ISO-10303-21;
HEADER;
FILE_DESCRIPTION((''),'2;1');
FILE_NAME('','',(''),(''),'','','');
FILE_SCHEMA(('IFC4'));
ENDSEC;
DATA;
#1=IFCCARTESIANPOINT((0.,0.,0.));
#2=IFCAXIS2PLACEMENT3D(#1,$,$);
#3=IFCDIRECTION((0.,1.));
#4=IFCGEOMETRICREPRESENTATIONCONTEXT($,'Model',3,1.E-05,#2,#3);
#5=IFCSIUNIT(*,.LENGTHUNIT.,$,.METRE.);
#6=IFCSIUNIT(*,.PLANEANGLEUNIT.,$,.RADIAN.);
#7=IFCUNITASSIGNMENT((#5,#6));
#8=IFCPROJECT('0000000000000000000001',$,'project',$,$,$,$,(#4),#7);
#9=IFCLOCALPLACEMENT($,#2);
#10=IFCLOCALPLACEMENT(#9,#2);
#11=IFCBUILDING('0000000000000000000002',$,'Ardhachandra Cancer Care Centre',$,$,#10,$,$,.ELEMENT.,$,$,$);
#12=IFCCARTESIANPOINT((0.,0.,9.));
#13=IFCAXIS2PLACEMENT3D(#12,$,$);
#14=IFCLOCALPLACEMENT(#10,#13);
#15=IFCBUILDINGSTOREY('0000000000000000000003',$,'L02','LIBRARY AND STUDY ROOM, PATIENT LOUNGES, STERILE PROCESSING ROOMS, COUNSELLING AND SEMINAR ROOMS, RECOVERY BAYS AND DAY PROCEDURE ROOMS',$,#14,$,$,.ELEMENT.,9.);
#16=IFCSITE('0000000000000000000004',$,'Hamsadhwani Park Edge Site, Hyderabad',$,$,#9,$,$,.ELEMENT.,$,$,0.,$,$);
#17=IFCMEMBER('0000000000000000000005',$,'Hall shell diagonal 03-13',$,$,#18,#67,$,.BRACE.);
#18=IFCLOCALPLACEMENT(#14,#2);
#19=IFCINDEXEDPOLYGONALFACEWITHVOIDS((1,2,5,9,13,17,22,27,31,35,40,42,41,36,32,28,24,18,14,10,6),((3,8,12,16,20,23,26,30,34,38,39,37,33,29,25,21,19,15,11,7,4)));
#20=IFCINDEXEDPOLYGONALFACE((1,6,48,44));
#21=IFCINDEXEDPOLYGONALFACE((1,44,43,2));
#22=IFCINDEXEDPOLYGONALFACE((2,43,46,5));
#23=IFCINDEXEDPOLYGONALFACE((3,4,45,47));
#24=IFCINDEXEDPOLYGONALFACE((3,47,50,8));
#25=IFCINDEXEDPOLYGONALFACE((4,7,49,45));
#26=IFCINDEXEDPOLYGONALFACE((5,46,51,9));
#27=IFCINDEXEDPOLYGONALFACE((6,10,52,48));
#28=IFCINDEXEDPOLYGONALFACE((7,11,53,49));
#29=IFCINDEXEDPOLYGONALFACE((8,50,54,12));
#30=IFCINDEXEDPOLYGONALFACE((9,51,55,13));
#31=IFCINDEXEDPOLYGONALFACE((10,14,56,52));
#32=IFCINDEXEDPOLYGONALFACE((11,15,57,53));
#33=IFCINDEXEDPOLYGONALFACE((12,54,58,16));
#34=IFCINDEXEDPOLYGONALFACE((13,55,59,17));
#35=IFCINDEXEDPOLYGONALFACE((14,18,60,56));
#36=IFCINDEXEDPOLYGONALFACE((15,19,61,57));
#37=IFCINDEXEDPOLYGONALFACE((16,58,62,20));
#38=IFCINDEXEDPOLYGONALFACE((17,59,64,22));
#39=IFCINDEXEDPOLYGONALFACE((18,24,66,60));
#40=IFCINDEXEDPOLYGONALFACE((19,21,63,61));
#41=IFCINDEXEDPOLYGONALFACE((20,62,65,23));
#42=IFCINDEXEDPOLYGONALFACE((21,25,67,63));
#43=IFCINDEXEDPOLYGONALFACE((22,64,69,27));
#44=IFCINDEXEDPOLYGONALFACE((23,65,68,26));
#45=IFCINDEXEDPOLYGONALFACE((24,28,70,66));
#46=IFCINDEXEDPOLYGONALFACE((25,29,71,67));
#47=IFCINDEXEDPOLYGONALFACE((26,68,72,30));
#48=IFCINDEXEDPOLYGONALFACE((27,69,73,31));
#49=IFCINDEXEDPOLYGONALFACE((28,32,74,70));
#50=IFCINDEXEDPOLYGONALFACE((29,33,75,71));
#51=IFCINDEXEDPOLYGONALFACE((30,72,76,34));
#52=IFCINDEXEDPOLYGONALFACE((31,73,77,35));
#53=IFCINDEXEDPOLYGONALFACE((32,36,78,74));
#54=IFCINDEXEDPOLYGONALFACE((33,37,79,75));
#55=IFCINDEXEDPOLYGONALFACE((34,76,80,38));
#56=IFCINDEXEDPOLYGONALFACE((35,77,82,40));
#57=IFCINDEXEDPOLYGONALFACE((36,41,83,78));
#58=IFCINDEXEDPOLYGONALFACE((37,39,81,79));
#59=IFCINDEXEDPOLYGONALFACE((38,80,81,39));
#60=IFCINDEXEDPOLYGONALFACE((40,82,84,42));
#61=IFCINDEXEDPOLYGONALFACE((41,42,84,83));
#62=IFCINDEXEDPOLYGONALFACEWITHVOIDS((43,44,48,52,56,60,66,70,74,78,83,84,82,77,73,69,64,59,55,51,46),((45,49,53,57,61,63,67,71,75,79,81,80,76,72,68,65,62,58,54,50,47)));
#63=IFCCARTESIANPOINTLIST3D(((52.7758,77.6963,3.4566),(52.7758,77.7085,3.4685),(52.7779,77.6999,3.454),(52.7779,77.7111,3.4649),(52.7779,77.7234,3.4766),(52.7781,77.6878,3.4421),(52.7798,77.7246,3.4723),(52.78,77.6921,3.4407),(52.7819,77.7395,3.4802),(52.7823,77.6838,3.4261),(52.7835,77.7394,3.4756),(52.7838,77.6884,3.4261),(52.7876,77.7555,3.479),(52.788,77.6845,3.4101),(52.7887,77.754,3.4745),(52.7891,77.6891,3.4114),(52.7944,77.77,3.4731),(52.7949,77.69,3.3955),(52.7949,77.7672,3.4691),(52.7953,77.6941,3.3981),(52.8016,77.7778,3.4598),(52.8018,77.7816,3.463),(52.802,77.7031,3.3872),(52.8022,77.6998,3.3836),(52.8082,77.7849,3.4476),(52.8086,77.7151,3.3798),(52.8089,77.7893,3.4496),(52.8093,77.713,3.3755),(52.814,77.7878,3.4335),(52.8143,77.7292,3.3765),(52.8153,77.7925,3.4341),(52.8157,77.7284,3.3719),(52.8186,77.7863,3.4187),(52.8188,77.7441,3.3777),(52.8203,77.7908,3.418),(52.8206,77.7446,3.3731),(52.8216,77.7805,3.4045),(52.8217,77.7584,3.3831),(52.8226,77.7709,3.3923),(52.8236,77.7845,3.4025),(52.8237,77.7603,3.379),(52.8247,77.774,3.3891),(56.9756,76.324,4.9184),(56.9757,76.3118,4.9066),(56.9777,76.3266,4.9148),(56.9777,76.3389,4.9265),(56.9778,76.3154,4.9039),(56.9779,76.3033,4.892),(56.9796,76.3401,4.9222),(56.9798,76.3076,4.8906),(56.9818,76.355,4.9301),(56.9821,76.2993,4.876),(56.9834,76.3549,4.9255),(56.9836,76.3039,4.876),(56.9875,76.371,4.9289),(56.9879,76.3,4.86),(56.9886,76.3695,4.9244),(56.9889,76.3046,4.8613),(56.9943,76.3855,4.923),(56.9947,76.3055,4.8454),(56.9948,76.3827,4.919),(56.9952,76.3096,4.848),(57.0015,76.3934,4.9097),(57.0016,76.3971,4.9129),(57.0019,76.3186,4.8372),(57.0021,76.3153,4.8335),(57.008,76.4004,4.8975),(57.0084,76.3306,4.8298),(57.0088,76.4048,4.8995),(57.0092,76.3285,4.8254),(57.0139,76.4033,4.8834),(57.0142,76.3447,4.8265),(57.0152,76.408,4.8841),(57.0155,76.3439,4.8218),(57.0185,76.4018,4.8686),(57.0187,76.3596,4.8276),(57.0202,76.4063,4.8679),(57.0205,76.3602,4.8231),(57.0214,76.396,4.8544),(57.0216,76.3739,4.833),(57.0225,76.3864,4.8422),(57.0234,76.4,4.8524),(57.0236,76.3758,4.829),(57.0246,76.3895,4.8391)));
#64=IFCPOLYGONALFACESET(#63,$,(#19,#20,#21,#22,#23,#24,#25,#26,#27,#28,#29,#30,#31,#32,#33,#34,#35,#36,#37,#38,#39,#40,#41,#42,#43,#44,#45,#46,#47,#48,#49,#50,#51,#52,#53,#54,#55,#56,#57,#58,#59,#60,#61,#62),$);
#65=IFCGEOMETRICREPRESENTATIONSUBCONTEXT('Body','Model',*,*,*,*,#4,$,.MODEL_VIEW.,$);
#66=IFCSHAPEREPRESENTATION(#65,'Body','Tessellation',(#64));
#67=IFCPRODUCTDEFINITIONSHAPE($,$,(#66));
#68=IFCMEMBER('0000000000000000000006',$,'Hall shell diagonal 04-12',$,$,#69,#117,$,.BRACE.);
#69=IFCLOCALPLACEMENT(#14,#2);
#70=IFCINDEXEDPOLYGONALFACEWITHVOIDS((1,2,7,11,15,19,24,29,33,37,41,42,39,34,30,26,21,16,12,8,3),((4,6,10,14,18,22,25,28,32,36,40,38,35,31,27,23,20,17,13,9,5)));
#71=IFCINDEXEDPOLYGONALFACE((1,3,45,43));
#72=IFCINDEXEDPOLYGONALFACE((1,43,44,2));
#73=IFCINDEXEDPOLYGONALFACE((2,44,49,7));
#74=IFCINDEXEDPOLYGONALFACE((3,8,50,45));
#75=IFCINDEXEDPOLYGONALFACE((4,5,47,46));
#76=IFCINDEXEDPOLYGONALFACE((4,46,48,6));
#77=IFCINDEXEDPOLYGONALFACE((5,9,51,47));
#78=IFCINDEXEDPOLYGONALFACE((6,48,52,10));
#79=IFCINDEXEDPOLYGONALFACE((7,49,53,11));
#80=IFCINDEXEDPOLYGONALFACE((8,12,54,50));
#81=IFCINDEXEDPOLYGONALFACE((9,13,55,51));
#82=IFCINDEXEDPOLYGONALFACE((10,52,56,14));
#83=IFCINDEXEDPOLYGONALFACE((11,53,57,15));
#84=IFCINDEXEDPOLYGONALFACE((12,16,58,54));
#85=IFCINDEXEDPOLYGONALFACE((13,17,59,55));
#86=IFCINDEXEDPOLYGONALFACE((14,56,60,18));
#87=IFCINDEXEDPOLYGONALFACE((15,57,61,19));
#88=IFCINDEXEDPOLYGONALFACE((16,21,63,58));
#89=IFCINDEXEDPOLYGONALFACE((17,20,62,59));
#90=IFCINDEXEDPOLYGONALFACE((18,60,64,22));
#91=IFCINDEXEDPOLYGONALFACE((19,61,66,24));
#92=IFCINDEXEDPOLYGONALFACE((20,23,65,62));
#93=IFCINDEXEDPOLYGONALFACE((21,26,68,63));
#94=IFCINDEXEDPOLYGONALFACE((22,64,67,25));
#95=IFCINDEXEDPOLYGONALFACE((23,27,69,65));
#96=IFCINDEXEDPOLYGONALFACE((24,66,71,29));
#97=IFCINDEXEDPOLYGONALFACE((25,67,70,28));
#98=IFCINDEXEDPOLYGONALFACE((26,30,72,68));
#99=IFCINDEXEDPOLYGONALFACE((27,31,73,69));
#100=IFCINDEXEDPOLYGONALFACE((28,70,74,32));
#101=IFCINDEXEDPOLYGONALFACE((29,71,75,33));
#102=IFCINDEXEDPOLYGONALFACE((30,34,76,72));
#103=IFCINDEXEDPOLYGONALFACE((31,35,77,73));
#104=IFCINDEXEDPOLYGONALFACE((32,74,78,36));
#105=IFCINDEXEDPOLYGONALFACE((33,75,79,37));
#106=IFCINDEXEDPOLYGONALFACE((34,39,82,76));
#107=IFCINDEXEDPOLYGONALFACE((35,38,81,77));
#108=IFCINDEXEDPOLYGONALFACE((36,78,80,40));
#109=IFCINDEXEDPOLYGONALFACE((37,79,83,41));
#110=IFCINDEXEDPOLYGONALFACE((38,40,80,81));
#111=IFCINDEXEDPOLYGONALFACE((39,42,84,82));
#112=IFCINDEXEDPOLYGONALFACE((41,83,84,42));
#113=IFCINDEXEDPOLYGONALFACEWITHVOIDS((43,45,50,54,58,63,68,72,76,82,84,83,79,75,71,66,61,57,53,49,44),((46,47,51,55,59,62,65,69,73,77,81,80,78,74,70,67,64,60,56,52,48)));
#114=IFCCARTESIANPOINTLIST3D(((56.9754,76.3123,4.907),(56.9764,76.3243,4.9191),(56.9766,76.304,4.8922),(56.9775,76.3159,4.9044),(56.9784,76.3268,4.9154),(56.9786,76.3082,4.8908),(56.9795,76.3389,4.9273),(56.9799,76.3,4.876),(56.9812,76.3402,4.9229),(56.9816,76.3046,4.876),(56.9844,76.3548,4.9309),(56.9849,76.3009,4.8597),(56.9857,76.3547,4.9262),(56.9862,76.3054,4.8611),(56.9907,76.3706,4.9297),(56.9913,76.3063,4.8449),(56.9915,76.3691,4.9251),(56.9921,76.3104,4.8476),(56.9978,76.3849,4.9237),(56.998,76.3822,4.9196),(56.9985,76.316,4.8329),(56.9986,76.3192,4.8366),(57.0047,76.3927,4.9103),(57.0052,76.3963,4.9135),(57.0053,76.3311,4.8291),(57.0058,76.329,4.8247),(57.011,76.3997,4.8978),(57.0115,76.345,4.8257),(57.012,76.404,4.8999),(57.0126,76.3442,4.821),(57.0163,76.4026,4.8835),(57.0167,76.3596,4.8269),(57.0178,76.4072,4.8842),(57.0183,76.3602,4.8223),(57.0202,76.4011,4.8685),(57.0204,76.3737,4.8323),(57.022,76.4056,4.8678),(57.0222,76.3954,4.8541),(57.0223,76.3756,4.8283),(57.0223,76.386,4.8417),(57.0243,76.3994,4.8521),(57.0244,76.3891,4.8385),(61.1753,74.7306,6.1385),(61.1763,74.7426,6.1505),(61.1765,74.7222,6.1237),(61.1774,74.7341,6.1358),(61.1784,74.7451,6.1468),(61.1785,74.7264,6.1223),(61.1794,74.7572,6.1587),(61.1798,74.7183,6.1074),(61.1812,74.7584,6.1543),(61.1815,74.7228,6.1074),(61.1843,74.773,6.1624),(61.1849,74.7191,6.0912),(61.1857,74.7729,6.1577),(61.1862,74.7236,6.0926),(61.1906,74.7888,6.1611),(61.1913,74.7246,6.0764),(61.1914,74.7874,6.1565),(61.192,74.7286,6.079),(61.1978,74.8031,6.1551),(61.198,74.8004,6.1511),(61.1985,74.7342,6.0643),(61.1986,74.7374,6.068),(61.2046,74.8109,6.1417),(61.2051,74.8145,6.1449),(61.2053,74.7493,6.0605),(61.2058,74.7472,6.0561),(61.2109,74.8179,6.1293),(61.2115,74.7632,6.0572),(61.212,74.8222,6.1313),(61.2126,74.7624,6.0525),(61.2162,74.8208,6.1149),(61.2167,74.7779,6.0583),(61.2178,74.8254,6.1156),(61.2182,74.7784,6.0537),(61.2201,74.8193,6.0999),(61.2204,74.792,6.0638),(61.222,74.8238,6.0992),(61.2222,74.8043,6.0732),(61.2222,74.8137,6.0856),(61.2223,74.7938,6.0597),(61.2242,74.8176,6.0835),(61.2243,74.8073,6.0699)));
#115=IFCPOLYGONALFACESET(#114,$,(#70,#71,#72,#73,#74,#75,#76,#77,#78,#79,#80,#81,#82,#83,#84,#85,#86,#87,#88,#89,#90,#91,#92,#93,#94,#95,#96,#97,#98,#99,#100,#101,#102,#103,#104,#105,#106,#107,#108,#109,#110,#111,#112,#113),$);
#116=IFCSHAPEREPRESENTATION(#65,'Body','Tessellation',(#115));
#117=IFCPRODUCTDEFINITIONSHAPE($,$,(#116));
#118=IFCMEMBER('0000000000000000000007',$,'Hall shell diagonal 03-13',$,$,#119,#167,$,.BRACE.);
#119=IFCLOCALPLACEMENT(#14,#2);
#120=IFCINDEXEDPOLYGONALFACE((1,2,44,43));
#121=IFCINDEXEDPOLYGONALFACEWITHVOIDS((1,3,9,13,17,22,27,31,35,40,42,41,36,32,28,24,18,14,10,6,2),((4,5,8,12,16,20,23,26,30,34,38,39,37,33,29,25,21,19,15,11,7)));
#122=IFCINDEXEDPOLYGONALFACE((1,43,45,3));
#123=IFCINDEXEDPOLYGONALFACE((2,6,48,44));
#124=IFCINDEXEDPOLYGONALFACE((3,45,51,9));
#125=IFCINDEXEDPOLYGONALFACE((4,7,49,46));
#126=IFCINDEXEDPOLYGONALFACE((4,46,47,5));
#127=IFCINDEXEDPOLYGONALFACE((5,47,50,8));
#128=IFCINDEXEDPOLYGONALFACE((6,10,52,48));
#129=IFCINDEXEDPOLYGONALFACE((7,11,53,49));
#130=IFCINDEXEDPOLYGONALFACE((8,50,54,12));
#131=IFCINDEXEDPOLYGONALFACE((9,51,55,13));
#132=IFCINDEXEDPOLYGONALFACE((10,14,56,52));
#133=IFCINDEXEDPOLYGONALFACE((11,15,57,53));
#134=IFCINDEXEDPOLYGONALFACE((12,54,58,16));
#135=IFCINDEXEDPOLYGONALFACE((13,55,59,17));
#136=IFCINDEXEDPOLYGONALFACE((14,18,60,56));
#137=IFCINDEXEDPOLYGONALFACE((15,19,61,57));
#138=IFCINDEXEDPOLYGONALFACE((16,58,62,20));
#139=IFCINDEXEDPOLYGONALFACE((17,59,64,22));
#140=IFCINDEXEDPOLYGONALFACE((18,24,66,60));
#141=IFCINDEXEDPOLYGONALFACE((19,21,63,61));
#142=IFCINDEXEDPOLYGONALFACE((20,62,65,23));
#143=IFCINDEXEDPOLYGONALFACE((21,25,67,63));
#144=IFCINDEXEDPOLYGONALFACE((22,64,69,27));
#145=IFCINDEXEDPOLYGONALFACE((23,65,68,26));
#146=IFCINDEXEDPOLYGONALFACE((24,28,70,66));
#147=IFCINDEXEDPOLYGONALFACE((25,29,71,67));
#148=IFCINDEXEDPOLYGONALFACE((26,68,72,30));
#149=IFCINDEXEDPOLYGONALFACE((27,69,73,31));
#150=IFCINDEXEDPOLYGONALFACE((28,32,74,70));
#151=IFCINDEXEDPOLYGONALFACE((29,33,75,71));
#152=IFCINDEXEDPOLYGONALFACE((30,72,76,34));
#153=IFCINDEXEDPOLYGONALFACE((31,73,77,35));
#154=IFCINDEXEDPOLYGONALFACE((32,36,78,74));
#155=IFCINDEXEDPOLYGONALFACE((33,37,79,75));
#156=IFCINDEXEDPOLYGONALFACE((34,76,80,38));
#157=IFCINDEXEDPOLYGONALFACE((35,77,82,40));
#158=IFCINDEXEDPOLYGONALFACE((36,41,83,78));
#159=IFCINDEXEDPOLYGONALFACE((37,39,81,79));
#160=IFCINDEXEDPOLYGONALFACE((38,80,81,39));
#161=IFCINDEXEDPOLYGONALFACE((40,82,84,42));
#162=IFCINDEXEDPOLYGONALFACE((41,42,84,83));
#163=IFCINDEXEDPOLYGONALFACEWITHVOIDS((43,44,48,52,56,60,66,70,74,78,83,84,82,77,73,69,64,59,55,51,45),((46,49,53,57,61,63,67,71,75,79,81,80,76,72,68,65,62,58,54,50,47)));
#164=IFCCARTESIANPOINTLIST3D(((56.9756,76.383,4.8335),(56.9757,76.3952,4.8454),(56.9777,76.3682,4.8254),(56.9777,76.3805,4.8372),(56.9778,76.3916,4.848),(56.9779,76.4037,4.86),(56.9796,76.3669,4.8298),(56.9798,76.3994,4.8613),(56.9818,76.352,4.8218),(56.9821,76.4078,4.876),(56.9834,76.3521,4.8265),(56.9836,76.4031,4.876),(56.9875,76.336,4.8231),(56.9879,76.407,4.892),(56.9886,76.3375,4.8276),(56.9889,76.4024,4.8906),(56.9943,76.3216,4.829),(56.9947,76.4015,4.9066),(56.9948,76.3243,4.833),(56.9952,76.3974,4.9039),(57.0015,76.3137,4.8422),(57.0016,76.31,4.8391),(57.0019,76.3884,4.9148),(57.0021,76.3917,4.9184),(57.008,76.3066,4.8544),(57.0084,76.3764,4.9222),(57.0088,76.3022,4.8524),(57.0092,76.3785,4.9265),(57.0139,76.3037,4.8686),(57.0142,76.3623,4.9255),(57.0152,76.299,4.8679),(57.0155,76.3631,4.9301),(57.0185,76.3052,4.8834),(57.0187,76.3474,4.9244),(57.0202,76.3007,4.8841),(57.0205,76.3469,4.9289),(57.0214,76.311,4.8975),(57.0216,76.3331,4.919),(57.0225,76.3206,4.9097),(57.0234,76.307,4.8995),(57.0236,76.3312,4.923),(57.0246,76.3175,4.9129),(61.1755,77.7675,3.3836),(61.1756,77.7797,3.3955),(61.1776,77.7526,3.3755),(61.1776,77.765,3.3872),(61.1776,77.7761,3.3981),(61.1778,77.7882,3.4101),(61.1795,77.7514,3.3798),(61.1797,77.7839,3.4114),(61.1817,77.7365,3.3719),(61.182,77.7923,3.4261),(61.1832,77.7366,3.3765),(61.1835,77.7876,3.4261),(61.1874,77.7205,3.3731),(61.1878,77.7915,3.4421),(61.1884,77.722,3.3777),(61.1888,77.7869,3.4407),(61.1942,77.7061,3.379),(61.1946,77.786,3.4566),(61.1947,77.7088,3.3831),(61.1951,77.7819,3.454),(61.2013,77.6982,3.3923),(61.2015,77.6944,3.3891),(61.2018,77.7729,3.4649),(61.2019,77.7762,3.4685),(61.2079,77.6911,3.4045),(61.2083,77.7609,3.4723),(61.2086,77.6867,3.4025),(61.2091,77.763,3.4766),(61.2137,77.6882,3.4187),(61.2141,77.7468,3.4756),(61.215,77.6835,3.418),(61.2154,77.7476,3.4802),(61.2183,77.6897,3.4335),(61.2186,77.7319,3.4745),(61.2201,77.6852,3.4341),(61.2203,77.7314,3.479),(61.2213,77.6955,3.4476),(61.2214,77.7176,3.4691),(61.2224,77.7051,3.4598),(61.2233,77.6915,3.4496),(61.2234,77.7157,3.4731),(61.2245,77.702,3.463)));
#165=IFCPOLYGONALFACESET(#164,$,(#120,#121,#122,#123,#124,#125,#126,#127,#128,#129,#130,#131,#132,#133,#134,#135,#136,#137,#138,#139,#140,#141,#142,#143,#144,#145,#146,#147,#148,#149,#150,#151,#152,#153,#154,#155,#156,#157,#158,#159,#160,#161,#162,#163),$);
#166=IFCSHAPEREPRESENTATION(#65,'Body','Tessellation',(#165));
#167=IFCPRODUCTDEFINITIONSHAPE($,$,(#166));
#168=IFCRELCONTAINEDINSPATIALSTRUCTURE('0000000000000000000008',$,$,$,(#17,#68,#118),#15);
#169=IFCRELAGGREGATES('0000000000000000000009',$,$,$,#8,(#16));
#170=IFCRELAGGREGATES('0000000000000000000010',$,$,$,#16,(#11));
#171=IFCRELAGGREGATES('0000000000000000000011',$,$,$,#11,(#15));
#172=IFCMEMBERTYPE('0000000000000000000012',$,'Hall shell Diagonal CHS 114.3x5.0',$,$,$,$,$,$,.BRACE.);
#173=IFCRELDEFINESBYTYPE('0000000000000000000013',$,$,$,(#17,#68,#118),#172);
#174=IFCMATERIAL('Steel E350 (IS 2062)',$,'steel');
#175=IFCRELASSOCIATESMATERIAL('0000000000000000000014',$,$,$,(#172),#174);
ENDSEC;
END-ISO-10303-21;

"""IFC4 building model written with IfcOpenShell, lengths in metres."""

from ifc_helpers import new_model, si_unit, direction, frame, origin, origin_2d, place, context, subcontext, project, spatial, hollow_circle, extrude, material, material_profile, profile_set, type_object, element, save


model = new_model("IFC4")

# Units and contexts
model_context = context("Model", 3, precision=1e-05, world=origin(), true_north=direction((0.0, 1.0)))
body_context = subcontext(model_context, "Body", "Model", "MODEL_VIEW")
ifc_project = project(units=[si_unit("LENGTHUNIT", "METRE"), si_unit("PLANEANGLEUNIT", "RADIAN")], contexts=[model_context])

# Site, building, storey
site_placement = place(None, origin())
site = spatial("IfcSite", under=ifc_project, at=site_placement, Name="Hamsadhwani Park Edge Site, Hyderabad", CompositionType="ELEMENT", RefElevation=0.0)
building_placement = place(site_placement, origin())
building = spatial("IfcBuilding", under=site, at=building_placement, Name="Ardhachandra Cancer Care Centre", CompositionType="ELEMENT")
storey_placement = place(building_placement, frame((0.0, 0.0, 9.0)))
storey = spatial("IfcBuildingStorey", under=building, at=storey_placement, Name="L02", Description="LIBRARY AND STUDY ROOM, PATIENT LOUNGES, STERILE PROCESSING ROOMS, COUNSELLING AND SEMINAR ROOMS, RECOVERY BAYS AND DAY PROCEDURE ROOMS", CompositionType="ELEMENT", Elevation=9.0)

# Members
ifc_material_1 = material(Name="Steel E350 (IS 2062)", Category="steel")
ifc_material_profile_1 = material_profile(ifc_material_1, hollow_circle(Radius=0.0571, WallThickness=0.0049, at=origin_2d()), Name="CHS 114.3x5.0")
ifc_profile_set_1 = profile_set([ifc_material_profile_1], Name="Steel E350 (IS 2062)")
member_type_1 = type_object("IfcMemberType", Name="Hall shell Diagonal CHS 114.3x5.0", PredefinedType="BRACE", material=ifc_profile_set_1)
for number, where, z_axis, x_axis, name in (
    (1, (57.0, 76.3535, 4.876), (-0.902457, 0.297497, -0.311556), (-0.313079, -0.949727, 0.0), "Hall shell diagonal 03-13"),
    (2, (61.2, 74.7717, 6.1074), (-0.902473, 0.33989, -0.264609), (-0.352453, -0.93583, 0.0), "Hall shell diagonal 04-12"),
    (3, (57.0, 76.3535, 4.876), (0.902457, 0.297497, -0.311556), (-0.313079, 0.949727, 0.0), "Hall shell diagonal 03-13"),
):
    element("IfcMember", number, at=place(storey_placement, frame(where, z_axis=z_axis, x_axis=x_axis)), inside=storey, type_object=member_type_1, Name=name, PredefinedType="BRACE", context=body_context, shape_type="SweptSolid", body=[
        extrude(hollow_circle(Radius=0.0571, WallThickness=0.0049, at=origin_2d()), origin(), (0.0, 0.0, 1.0), 4.6538),
    ])

save(model, "model.ifc")
